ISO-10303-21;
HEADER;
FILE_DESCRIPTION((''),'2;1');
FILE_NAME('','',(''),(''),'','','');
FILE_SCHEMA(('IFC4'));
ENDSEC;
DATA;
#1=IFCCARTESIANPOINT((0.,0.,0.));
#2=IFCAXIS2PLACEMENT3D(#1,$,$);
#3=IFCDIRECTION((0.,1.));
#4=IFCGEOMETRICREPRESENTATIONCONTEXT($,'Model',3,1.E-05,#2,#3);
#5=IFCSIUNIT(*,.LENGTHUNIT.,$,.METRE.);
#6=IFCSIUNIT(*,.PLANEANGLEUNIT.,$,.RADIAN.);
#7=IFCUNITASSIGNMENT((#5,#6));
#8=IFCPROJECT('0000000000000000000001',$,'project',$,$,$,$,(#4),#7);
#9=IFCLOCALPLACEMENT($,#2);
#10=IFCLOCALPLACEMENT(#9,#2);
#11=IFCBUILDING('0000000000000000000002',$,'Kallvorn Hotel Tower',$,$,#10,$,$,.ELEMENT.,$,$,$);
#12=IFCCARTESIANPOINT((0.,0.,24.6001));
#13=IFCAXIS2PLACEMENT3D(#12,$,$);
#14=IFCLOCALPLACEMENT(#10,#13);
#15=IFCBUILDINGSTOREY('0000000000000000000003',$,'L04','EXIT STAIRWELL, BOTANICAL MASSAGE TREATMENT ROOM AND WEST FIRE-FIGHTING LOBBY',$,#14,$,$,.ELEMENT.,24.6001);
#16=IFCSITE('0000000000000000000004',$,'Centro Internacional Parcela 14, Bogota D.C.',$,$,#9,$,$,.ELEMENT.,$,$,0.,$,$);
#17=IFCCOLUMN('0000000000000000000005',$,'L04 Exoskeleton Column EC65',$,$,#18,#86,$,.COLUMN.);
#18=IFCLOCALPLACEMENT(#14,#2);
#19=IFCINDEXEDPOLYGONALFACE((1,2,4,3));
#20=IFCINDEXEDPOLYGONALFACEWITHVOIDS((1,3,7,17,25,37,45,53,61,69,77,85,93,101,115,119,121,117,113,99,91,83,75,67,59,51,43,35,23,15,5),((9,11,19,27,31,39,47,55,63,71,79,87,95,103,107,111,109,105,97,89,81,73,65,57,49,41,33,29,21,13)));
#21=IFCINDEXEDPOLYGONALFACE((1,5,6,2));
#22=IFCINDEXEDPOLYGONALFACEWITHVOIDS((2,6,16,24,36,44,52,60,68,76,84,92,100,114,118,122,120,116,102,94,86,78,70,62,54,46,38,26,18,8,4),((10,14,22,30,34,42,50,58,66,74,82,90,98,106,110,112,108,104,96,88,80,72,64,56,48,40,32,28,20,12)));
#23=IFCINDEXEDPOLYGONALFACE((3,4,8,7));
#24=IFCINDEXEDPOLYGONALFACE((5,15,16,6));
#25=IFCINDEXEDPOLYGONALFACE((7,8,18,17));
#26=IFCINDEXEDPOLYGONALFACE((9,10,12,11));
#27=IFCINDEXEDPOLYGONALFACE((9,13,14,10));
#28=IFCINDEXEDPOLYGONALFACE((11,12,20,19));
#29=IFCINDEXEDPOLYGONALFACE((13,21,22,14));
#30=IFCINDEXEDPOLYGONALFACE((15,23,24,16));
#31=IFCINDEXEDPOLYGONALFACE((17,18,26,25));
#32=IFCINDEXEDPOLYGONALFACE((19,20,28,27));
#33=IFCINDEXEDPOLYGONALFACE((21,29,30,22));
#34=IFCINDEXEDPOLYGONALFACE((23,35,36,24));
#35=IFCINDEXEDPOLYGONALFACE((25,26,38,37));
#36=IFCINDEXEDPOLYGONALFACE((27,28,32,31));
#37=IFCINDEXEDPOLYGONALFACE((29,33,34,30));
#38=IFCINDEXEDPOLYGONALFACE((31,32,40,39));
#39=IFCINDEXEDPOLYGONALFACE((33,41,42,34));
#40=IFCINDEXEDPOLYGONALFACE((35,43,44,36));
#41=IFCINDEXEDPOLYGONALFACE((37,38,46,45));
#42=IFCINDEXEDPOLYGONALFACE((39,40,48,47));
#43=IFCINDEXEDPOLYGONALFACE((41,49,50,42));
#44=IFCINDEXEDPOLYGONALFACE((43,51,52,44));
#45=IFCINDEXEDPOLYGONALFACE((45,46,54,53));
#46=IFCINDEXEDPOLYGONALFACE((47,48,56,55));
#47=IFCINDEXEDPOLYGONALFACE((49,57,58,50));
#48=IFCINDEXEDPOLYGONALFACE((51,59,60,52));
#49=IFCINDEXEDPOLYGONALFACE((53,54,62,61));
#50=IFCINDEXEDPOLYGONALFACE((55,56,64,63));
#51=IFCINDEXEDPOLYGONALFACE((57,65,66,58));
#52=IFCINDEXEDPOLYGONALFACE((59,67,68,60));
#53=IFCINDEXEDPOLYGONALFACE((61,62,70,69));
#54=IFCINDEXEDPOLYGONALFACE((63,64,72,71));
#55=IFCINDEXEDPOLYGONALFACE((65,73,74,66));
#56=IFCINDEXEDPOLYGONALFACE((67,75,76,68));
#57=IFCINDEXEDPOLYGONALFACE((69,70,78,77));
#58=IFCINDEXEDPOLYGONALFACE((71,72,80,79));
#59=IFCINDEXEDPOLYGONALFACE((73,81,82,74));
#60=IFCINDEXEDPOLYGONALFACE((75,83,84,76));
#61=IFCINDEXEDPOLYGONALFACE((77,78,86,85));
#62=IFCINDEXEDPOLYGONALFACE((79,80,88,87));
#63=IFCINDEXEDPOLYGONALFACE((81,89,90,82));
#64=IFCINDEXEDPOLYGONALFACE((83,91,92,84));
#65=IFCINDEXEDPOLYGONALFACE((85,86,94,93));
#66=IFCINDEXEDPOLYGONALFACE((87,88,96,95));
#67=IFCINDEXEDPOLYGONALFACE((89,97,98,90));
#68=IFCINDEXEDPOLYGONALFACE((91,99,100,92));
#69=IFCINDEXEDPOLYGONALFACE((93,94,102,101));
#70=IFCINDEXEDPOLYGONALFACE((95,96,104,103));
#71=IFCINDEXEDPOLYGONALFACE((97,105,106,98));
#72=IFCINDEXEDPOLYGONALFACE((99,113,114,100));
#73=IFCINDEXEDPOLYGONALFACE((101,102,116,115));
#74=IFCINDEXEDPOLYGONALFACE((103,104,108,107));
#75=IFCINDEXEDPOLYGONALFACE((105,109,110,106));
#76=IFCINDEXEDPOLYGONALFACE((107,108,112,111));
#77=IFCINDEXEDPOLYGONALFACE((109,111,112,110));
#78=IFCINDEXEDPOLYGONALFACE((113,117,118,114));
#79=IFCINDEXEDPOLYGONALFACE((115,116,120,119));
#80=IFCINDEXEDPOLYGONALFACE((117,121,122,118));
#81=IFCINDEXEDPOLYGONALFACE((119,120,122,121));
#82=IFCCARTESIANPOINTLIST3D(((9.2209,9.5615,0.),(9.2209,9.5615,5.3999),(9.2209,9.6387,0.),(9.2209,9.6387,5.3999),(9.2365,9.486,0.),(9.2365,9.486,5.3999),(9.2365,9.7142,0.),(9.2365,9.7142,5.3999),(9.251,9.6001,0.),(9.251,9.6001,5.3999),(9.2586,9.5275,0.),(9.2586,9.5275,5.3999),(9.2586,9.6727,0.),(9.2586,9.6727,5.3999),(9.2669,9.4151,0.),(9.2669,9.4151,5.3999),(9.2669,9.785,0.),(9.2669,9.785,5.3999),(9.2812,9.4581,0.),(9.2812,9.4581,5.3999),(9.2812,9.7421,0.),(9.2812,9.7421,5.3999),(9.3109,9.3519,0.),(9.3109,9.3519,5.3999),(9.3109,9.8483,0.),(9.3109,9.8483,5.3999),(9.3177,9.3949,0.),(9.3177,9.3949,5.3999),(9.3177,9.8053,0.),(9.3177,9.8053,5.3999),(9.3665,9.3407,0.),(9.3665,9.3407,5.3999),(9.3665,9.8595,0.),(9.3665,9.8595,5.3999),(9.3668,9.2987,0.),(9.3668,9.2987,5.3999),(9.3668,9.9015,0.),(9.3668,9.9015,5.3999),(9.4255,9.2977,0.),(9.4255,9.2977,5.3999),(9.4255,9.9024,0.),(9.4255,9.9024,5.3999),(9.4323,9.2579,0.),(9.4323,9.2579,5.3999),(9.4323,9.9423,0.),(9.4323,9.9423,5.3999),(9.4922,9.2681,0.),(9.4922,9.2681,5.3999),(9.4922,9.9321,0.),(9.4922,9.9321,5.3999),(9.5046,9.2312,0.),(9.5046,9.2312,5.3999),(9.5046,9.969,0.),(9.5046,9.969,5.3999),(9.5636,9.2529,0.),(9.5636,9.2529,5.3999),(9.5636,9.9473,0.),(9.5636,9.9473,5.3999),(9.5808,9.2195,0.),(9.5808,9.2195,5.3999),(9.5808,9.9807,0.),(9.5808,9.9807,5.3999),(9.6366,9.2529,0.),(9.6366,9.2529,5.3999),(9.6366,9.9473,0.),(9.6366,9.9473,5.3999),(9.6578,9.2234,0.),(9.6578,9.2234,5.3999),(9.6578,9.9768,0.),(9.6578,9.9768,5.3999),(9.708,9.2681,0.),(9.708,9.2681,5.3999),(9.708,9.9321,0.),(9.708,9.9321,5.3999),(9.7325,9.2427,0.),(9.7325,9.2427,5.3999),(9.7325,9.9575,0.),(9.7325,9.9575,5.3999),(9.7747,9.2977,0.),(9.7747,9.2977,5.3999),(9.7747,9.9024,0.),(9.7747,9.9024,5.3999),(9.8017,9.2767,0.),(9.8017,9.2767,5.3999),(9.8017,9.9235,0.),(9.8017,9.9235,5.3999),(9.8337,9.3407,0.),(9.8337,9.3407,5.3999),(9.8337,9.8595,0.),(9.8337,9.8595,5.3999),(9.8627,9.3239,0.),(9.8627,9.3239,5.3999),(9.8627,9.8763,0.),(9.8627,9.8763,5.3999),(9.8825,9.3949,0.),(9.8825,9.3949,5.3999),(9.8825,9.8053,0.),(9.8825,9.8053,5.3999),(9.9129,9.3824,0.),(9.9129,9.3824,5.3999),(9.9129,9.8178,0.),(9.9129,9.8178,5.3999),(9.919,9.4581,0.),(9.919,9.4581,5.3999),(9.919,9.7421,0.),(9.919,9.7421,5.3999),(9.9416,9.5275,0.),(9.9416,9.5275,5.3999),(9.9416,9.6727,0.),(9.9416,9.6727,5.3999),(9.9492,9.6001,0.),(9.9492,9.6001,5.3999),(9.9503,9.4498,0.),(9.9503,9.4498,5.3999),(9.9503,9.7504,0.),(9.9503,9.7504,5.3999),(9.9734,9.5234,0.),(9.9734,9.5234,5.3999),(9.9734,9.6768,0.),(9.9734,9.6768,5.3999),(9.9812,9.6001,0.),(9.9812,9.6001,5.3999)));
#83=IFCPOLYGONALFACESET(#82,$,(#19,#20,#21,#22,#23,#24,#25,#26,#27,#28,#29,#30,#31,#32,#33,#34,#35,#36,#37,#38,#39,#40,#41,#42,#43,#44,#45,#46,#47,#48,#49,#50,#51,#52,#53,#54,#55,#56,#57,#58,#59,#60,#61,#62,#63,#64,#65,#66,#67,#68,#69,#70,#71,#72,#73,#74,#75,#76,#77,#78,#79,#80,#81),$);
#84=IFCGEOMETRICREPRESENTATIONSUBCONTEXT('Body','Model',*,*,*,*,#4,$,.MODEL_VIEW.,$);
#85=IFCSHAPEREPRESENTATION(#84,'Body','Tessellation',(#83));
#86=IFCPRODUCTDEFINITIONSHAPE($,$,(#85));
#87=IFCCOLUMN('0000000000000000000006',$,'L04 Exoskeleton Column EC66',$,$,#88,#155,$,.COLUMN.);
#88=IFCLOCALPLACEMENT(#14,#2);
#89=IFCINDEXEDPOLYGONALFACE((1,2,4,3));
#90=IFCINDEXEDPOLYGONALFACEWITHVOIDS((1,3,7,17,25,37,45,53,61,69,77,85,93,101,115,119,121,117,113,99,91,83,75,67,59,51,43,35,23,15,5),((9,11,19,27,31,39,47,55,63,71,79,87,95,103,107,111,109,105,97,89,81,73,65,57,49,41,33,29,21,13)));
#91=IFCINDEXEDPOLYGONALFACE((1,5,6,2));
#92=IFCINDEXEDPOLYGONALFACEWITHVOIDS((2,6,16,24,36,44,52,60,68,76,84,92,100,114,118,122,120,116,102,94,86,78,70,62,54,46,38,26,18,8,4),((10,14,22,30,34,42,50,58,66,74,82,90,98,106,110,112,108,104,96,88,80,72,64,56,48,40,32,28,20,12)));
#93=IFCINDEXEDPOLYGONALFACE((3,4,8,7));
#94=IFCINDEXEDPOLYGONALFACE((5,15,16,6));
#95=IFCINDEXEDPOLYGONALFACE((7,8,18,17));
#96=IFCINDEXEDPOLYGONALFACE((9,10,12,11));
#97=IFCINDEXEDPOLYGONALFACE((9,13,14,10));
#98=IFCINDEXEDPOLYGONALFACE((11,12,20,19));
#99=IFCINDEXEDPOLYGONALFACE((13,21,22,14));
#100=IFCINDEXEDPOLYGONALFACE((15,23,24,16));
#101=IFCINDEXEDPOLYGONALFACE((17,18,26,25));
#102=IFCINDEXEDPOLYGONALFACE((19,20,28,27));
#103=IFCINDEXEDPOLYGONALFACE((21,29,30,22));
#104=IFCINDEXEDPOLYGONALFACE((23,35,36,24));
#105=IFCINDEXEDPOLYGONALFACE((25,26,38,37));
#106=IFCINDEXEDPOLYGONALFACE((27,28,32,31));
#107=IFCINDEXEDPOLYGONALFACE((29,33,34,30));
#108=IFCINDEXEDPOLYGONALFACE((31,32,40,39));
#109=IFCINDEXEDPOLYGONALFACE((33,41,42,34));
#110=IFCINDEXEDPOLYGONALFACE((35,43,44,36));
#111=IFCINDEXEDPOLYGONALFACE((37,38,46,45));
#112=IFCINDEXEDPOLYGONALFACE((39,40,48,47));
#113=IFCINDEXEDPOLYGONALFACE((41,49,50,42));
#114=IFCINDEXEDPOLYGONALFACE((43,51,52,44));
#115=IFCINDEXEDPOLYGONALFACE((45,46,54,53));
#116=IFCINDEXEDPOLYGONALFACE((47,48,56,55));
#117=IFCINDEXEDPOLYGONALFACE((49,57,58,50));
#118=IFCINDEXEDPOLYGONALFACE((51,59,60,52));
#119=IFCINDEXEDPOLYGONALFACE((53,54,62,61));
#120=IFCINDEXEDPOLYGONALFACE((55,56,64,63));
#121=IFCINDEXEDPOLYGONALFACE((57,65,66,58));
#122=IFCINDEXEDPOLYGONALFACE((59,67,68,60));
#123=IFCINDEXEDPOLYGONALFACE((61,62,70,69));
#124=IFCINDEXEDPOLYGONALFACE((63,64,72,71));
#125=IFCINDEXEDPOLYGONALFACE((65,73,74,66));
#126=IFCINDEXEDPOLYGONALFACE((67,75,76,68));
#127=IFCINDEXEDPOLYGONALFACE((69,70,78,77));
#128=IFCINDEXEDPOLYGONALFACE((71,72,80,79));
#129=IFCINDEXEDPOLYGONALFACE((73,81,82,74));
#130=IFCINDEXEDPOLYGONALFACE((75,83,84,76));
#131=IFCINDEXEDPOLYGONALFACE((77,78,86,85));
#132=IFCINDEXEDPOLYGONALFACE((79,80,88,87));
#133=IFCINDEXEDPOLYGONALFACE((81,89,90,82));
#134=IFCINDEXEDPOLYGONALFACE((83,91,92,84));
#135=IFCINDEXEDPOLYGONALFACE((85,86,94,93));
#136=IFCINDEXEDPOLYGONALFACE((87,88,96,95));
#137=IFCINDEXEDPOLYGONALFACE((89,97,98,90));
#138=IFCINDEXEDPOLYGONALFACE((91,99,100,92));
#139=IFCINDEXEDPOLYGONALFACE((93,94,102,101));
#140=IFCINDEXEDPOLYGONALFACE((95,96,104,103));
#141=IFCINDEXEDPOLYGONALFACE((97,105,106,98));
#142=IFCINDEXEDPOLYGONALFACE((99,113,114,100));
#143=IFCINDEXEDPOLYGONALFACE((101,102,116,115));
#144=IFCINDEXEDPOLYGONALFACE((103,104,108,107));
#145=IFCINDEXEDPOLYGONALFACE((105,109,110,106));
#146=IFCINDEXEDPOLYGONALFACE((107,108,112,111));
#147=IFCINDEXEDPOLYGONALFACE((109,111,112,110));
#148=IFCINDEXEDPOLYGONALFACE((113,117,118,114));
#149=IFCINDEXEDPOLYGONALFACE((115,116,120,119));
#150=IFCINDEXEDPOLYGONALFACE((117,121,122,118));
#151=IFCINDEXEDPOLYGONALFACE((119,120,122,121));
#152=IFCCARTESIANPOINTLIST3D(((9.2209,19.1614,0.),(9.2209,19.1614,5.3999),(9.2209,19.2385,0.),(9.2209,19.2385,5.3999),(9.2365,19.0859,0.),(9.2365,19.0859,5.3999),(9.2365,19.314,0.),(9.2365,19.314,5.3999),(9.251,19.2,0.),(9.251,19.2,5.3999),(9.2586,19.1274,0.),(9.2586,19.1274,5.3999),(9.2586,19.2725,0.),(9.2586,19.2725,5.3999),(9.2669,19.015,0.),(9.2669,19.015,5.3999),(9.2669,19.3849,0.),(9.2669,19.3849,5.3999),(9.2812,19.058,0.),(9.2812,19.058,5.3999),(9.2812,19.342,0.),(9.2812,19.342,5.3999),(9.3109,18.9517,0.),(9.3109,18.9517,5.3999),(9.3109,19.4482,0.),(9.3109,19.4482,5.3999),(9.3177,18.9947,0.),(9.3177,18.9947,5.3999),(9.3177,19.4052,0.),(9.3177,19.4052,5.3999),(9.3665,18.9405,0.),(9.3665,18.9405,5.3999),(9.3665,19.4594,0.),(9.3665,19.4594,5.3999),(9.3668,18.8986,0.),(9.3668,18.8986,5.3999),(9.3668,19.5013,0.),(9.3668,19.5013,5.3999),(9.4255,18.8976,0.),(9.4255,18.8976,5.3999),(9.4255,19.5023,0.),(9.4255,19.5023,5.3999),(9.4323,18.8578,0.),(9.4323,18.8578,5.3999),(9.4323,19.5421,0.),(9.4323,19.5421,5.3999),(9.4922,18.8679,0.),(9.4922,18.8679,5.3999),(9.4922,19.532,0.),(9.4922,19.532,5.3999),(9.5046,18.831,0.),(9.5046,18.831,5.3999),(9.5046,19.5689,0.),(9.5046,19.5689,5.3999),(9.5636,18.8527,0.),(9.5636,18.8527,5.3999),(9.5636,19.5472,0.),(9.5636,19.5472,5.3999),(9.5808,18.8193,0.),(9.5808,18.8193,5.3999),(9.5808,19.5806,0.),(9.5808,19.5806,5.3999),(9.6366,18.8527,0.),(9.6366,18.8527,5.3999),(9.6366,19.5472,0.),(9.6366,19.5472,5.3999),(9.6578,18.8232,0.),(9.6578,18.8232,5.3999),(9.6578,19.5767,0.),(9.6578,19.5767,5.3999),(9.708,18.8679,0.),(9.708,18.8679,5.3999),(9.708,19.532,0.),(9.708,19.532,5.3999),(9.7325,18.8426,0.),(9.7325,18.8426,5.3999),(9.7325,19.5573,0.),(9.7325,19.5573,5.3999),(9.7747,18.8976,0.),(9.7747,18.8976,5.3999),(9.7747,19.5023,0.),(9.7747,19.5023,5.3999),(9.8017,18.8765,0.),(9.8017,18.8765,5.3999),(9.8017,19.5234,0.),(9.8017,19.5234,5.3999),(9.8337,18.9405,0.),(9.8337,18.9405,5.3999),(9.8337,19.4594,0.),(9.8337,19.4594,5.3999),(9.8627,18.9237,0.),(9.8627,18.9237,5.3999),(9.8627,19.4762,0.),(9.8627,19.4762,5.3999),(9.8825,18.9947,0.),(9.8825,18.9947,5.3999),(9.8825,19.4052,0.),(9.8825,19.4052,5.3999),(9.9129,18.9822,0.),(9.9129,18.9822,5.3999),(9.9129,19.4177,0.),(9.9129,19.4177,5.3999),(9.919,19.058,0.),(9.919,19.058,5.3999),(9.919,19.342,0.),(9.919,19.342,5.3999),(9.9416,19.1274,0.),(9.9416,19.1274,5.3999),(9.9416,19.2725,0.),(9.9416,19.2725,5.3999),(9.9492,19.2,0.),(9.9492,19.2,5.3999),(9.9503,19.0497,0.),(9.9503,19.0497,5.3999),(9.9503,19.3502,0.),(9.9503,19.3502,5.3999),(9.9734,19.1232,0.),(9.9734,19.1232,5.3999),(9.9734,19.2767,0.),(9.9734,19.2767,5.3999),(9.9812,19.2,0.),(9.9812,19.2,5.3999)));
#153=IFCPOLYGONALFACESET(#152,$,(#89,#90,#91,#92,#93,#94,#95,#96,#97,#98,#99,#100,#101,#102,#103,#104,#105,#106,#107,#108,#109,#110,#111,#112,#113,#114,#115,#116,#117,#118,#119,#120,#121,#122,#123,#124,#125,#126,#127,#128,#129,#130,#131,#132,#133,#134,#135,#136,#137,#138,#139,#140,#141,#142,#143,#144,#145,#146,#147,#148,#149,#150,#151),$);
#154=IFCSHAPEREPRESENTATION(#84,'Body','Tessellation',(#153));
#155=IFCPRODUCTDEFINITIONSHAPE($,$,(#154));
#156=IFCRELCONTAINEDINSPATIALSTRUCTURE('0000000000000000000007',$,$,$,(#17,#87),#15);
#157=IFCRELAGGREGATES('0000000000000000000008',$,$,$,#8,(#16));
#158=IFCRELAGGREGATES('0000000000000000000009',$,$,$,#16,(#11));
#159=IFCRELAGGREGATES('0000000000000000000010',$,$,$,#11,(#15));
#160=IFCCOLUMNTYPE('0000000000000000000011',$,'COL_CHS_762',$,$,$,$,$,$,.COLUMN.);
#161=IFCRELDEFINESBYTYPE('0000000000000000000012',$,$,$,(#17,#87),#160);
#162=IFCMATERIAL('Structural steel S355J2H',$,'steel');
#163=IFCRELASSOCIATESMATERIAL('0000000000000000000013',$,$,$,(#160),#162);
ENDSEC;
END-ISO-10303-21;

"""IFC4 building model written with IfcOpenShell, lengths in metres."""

from ifc_helpers import new_model, si_unit, direction, frame, origin, origin_2d, place, context, subcontext, project, spatial, hollow_circle, extrude, material, material_profile, profile_set, type_object, element, save


model = new_model("IFC4")

# Units and contexts
model_context = context("Model", 3, precision=1e-05, world=origin(), true_north=direction((0.0, 1.0)))
body_context = subcontext(model_context, "Body", "Model", "MODEL_VIEW")
ifc_project = project(units=[si_unit("LENGTHUNIT", "METRE"), si_unit("PLANEANGLEUNIT", "RADIAN")], contexts=[model_context])

# Site, building, storey
site_placement = place(None, origin())
site = spatial("IfcSite", under=ifc_project, at=site_placement, Name="Centro Internacional Parcela 14, Bogota D.C.", CompositionType="ELEMENT", RefElevation=0.0)
building_placement = place(site_placement, origin())
building = spatial("IfcBuilding", under=site, at=building_placement, Name="Kallvorn Hotel Tower", CompositionType="ELEMENT")
storey_placement = place(building_placement, frame((0.0, 0.0, 24.6001)))
storey = spatial("IfcBuildingStorey", under=building, at=storey_placement, Name="L04", Description="EXIT STAIRWELL, BOTANICAL MASSAGE TREATMENT ROOM AND WEST FIRE-FIGHTING LOBBY", CompositionType="ELEMENT", Elevation=24.6001)

# Columns
ifc_material_1 = material(Name="Structural steel S355J2H", Category="steel")
ifc_material_profile_1 = material_profile(ifc_material_1, hollow_circle(Radius=0.3811, WallThickness=0.032, at=origin_2d()), Name="CHS 762x32")
ifc_profile_set_1 = profile_set([ifc_material_profile_1], Name="Structural steel S355J2H")
column_type_1 = type_object("IfcColumnType", Name="COL_CHS_762", PredefinedType="COLUMN", material=ifc_profile_set_1)
for number, where, z_axis, x_axis, name in (
    (1, (9.6001, 9.6001, 0.0), (0.0, 0.0, 1.0), (1.0, 0.0, 0.0), "L04 Exoskeleton Column EC65"),
    (2, (9.6001, 19.2, 0.0), (0.0, 0.0, 1.0), (1.0, 0.0, 0.0), "L04 Exoskeleton Column EC66"),
):
    element("IfcColumn", number, at=place(storey_placement, frame(where, z_axis=z_axis, x_axis=x_axis)), inside=storey, type_object=column_type_1, Name=name, PredefinedType="COLUMN", context=body_context, shape_type="SweptSolid", body=[
        extrude(hollow_circle(Radius=0.3811, WallThickness=0.032, at=origin_2d()), origin(), (0.0, 0.0, 1.0), 5.3999),
    ])

save(model, "model.ifc")
